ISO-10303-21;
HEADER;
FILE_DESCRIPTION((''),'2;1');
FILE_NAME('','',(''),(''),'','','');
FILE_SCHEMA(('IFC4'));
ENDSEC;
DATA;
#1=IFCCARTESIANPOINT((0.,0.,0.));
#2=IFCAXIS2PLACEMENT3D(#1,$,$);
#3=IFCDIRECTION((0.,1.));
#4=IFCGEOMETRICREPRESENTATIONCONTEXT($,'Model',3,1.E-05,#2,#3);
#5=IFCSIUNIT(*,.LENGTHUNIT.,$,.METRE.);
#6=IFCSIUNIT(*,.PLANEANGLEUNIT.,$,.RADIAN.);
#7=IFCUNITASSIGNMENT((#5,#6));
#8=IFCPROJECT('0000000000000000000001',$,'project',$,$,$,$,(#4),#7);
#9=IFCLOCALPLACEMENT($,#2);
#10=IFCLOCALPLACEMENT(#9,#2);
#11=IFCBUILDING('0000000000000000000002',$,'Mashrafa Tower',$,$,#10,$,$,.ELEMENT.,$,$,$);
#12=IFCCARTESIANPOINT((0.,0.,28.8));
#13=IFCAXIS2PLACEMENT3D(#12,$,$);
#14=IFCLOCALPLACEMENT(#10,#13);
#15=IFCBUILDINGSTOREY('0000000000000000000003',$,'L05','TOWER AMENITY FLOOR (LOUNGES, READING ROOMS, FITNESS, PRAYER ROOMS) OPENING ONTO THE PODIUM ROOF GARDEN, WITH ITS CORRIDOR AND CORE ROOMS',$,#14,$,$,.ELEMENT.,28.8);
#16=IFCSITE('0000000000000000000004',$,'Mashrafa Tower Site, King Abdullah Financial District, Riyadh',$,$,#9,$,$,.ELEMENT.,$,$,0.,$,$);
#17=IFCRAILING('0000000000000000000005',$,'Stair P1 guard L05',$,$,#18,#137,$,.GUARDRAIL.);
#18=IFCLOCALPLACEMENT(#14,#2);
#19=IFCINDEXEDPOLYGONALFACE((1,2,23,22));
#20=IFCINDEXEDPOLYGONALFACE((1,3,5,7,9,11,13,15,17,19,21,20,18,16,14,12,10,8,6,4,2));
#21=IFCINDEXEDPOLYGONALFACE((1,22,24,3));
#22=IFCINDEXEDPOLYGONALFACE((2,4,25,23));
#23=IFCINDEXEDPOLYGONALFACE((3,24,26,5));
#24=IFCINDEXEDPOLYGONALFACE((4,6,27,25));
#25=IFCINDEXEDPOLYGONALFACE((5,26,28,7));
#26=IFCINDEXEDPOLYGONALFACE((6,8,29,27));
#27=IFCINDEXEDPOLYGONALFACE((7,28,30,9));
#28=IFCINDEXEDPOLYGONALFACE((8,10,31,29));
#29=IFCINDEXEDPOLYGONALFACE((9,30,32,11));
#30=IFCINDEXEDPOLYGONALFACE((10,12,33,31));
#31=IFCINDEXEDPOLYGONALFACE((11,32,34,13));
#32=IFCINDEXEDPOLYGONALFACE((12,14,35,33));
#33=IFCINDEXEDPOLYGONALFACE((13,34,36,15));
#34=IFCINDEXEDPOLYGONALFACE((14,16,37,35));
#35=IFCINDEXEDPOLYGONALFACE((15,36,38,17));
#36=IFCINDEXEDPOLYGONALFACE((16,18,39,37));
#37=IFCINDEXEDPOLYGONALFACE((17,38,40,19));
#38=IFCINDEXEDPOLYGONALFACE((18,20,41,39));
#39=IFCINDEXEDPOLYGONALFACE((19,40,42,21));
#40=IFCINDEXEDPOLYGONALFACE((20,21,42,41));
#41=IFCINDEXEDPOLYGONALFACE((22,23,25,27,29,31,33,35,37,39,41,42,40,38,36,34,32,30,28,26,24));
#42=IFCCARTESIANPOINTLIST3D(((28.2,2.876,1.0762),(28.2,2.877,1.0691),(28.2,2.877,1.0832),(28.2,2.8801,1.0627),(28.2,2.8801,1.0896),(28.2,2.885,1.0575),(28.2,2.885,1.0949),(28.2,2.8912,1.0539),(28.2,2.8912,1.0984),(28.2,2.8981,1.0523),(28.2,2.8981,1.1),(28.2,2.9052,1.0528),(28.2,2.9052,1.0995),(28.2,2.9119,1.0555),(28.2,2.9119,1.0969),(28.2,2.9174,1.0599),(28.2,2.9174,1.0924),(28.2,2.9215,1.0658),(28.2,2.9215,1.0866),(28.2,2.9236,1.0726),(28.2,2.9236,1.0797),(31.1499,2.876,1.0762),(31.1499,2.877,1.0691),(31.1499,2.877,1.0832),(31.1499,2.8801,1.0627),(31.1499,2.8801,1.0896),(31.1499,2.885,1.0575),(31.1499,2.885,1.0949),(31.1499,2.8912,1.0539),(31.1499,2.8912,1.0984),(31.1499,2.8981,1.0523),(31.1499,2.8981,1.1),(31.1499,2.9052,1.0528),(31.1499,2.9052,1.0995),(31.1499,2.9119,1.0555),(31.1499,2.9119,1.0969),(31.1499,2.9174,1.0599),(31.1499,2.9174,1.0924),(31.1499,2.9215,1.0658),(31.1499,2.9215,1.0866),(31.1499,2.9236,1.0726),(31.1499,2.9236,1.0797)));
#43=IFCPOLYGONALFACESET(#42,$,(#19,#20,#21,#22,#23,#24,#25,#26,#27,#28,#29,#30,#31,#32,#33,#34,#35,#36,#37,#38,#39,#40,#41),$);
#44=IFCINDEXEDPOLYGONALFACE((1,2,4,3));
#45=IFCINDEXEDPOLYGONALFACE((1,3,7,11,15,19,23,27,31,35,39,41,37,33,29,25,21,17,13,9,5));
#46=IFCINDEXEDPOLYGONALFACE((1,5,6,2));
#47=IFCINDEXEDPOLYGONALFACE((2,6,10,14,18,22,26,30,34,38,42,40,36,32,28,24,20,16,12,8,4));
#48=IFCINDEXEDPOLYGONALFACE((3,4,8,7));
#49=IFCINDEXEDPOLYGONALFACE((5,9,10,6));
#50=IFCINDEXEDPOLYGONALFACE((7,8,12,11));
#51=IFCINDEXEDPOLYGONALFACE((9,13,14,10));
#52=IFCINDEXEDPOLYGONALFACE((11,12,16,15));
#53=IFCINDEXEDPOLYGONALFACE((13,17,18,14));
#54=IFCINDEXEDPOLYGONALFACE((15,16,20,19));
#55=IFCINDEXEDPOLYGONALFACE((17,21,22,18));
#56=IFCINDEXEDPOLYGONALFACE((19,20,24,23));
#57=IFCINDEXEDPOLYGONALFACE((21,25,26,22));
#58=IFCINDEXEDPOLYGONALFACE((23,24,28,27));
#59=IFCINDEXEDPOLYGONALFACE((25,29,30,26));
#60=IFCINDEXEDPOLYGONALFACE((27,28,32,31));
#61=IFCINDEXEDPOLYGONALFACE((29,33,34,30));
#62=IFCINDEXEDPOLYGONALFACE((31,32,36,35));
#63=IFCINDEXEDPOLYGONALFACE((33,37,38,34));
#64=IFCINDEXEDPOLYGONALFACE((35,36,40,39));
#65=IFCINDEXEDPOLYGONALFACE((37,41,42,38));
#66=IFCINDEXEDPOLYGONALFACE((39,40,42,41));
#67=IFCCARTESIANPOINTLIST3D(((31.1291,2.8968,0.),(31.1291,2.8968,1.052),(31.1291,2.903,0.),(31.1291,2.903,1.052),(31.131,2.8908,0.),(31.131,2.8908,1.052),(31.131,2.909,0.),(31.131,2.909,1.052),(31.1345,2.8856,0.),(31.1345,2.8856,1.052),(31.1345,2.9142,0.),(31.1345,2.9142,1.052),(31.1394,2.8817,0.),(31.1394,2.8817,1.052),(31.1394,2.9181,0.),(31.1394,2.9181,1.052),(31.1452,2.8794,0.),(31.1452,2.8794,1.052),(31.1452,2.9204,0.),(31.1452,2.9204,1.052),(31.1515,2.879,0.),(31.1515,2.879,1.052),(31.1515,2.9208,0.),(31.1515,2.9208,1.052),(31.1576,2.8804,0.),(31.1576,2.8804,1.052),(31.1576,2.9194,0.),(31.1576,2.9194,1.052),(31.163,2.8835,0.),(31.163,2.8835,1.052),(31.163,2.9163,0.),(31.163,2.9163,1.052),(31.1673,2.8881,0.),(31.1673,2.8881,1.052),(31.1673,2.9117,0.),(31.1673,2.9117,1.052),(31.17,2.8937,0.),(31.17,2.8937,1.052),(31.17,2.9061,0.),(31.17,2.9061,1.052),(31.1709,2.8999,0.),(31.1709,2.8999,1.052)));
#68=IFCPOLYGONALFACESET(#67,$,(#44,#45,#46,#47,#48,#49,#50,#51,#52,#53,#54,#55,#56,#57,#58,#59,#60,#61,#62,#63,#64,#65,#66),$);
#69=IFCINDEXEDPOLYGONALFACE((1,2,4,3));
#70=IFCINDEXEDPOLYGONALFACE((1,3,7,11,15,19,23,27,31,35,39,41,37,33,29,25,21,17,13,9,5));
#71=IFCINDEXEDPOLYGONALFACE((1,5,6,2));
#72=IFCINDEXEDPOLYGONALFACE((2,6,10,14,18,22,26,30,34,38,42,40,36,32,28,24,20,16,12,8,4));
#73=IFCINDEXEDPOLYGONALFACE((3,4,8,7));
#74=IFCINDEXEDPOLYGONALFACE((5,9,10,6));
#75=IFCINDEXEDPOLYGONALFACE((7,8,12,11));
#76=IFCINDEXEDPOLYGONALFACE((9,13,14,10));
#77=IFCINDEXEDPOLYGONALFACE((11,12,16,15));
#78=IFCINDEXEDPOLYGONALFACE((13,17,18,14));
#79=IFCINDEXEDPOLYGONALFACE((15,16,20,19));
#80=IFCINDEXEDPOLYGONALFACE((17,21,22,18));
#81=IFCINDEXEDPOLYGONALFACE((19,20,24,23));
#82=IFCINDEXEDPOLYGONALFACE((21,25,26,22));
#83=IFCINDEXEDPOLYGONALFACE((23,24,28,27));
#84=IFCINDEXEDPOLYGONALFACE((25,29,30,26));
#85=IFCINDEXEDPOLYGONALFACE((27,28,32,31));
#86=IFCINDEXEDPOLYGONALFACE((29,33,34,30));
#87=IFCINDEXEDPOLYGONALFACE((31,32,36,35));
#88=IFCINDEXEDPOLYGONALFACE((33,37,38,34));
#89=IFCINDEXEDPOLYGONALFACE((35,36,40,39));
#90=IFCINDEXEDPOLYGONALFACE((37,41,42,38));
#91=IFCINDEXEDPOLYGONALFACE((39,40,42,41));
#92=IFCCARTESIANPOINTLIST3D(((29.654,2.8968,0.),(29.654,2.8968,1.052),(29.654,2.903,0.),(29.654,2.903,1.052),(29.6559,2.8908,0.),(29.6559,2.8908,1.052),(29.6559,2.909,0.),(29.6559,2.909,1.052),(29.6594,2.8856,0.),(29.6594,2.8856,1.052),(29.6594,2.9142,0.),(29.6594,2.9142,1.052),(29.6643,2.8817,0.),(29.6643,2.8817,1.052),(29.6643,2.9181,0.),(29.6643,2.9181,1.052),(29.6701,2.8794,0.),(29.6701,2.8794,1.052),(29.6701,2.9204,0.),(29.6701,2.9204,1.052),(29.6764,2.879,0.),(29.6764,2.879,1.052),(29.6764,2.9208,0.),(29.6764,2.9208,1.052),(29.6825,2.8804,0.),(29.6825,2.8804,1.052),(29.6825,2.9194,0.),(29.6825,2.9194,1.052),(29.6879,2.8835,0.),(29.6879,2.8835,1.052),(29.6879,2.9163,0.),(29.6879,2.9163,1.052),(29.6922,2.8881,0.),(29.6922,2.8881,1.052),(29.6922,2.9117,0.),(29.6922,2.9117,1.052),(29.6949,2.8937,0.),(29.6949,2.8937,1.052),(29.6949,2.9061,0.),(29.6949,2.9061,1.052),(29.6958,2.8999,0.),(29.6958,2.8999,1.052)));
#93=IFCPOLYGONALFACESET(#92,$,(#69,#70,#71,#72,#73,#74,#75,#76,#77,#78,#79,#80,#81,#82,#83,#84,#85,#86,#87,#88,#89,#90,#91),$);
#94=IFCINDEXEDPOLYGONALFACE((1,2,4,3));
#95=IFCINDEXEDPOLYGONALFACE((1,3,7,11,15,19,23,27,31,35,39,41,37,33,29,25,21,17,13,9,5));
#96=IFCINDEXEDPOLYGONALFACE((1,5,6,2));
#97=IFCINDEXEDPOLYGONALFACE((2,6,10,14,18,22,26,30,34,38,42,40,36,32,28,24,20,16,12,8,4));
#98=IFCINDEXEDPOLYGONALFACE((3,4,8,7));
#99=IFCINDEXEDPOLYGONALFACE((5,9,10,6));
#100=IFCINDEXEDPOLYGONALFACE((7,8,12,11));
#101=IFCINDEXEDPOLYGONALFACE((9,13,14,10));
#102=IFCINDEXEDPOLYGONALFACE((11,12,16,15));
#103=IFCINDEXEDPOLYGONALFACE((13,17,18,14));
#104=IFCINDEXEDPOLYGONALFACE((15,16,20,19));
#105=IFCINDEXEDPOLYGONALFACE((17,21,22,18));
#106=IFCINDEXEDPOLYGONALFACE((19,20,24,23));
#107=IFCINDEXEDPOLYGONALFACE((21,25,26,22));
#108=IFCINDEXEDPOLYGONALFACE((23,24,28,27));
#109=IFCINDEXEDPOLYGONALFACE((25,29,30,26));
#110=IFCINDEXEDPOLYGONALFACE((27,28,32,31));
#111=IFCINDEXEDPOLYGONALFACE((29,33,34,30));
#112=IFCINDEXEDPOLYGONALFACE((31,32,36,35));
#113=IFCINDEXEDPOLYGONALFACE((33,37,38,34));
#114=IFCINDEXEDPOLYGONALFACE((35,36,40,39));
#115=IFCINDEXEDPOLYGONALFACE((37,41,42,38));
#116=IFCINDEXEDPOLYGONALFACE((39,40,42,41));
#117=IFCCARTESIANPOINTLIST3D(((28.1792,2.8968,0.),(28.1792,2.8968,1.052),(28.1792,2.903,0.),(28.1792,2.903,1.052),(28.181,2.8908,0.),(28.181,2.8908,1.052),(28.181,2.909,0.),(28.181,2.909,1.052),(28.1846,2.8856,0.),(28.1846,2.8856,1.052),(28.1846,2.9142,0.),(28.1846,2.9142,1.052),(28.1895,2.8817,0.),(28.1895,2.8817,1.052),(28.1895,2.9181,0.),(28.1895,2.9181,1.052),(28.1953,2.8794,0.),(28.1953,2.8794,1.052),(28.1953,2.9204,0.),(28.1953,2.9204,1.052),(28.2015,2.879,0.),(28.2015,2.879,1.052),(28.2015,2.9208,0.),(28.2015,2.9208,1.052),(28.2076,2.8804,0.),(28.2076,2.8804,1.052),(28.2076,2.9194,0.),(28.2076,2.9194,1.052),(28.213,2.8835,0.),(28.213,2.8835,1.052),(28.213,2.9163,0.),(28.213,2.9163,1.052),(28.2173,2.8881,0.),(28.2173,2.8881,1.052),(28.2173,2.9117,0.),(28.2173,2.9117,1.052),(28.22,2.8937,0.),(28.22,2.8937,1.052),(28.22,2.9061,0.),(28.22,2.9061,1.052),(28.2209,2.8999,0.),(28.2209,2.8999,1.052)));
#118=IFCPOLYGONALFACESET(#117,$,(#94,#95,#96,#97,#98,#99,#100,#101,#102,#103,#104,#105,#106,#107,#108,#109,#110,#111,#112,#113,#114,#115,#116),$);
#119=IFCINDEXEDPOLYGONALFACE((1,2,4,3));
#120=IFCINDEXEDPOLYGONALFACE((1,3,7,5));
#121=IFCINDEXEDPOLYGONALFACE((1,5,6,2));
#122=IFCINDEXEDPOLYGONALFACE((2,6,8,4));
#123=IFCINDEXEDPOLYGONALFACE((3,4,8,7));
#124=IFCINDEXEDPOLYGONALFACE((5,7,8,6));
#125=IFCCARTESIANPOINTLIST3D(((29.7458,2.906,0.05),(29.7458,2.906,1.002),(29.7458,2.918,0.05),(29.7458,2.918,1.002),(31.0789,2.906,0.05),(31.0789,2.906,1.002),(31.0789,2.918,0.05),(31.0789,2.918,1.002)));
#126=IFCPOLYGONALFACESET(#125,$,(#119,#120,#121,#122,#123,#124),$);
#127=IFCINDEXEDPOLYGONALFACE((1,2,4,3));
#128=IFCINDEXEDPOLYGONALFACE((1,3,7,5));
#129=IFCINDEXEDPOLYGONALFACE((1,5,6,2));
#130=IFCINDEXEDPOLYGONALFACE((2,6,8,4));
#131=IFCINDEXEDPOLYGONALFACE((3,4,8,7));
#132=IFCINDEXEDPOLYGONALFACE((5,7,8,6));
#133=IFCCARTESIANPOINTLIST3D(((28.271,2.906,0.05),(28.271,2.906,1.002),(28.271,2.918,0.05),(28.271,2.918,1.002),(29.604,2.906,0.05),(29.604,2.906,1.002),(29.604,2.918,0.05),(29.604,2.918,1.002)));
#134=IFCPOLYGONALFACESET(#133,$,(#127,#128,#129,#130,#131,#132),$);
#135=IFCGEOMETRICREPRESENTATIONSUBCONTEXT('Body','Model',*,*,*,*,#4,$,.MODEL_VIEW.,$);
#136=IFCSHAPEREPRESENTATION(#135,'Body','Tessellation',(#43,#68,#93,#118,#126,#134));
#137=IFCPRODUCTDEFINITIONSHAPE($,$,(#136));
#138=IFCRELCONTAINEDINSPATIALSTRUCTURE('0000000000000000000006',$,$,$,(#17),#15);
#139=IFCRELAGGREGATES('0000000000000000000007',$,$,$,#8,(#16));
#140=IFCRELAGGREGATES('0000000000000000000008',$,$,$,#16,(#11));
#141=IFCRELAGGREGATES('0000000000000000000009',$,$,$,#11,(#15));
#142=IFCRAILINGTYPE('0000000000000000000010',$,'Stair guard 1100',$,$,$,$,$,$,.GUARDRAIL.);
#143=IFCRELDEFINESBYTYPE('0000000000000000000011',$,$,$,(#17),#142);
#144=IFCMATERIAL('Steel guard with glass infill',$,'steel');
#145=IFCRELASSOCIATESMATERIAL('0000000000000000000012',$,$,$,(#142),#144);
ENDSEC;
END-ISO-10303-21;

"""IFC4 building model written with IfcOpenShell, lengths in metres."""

from ifc_helpers import new_model, si_unit, direction, frame, origin, origin_2d, place, context, subcontext, project, spatial, polyline, circle, outline, extrude, material, type_object, element, save


model = new_model("IFC4")

# Units and contexts
model_context = context("Model", 3, precision=1e-05, world=origin(), true_north=direction((0.0, 1.0)))
body_context = subcontext(model_context, "Body", "Model", "MODEL_VIEW")
ifc_project = project(units=[si_unit("LENGTHUNIT", "METRE"), si_unit("PLANEANGLEUNIT", "RADIAN")], contexts=[model_context])

# Site, building, storey
site_placement = place(None, origin())
site = spatial("IfcSite", under=ifc_project, at=site_placement, Name="Mashrafa Tower Site, King Abdullah Financial District, Riyadh", CompositionType="ELEMENT", RefElevation=0.0)
building_placement = place(site_placement, origin())
building = spatial("IfcBuilding", under=site, at=building_placement, Name="Mashrafa Tower", CompositionType="ELEMENT")
storey_placement = place(building_placement, frame((0.0, 0.0, 28.8)))
storey = spatial("IfcBuildingStorey", under=building, at=storey_placement, Name="L05", Description="TOWER AMENITY FLOOR (LOUNGES, READING ROOMS, FITNESS, PRAYER ROOMS) OPENING ONTO THE PODIUM ROOF GARDEN, WITH ITS CORRIDOR AND CORE ROOMS", CompositionType="ELEMENT", Elevation=28.8)

# Railing
ifc_material_1 = material(Name="Steel guard with glass infill", Category="steel")
railing_type = type_object("IfcRailingType", Name="Stair guard 1100", PredefinedType="GUARDRAIL", material=ifc_material_1)
railing_placement = place(storey_placement, frame((31.1499, 2.8999, 0.0)))
element("IfcRailing", 1, at=railing_placement, inside=storey, type_object=railing_type, Name="Stair P1 guard L05", PredefinedType="GUARDRAIL", context=body_context, shape_type="SweptSolid", body=[
    extrude(circle(Radius=0.0239, at=origin_2d()), frame((0.0, 0.0, 1.0762), z_axis=(-1.0, 0.0, 0.0), x_axis=(0.0, -1.0, 0.0)), (0.0, 0.0, 1.0), 2.95),
    extrude(circle(Radius=0.021, at=origin_2d()), origin(), (0.0, 0.0, 1.0), 1.052),
    extrude(circle(Radius=0.021, at=origin_2d()), frame((-1.4751, 0.0, 0.0)), (0.0, 0.0, 1.0), 1.052),
    extrude(circle(Radius=0.021, at=origin_2d()), frame((-2.95, 0.0, 0.0)), (0.0, 0.0, 1.0), 1.052),
    extrude(outline(polyline([(0.071, 0.05), (1.4041, 0.05), (1.4041, 1.002), (0.071, 1.002), (0.071, 0.05)])), frame((0.0, 0.0061, 0.0), z_axis=(0.0, 1.0, 0.0), x_axis=(-1.0, 0.0, 0.0)), (0.0, 0.0, 1.0), 0.012),
    extrude(outline(polyline([(1.5459, 0.05), (2.8789, 0.05), (2.8789, 1.002), (1.5459, 1.002), (1.5459, 0.05)])), frame((0.0, 0.0061, 0.0), z_axis=(0.0, 1.0, 0.0), x_axis=(-1.0, 0.0, 0.0)), (0.0, 0.0, 1.0), 0.012),
])

save(model, "model.ifc")
